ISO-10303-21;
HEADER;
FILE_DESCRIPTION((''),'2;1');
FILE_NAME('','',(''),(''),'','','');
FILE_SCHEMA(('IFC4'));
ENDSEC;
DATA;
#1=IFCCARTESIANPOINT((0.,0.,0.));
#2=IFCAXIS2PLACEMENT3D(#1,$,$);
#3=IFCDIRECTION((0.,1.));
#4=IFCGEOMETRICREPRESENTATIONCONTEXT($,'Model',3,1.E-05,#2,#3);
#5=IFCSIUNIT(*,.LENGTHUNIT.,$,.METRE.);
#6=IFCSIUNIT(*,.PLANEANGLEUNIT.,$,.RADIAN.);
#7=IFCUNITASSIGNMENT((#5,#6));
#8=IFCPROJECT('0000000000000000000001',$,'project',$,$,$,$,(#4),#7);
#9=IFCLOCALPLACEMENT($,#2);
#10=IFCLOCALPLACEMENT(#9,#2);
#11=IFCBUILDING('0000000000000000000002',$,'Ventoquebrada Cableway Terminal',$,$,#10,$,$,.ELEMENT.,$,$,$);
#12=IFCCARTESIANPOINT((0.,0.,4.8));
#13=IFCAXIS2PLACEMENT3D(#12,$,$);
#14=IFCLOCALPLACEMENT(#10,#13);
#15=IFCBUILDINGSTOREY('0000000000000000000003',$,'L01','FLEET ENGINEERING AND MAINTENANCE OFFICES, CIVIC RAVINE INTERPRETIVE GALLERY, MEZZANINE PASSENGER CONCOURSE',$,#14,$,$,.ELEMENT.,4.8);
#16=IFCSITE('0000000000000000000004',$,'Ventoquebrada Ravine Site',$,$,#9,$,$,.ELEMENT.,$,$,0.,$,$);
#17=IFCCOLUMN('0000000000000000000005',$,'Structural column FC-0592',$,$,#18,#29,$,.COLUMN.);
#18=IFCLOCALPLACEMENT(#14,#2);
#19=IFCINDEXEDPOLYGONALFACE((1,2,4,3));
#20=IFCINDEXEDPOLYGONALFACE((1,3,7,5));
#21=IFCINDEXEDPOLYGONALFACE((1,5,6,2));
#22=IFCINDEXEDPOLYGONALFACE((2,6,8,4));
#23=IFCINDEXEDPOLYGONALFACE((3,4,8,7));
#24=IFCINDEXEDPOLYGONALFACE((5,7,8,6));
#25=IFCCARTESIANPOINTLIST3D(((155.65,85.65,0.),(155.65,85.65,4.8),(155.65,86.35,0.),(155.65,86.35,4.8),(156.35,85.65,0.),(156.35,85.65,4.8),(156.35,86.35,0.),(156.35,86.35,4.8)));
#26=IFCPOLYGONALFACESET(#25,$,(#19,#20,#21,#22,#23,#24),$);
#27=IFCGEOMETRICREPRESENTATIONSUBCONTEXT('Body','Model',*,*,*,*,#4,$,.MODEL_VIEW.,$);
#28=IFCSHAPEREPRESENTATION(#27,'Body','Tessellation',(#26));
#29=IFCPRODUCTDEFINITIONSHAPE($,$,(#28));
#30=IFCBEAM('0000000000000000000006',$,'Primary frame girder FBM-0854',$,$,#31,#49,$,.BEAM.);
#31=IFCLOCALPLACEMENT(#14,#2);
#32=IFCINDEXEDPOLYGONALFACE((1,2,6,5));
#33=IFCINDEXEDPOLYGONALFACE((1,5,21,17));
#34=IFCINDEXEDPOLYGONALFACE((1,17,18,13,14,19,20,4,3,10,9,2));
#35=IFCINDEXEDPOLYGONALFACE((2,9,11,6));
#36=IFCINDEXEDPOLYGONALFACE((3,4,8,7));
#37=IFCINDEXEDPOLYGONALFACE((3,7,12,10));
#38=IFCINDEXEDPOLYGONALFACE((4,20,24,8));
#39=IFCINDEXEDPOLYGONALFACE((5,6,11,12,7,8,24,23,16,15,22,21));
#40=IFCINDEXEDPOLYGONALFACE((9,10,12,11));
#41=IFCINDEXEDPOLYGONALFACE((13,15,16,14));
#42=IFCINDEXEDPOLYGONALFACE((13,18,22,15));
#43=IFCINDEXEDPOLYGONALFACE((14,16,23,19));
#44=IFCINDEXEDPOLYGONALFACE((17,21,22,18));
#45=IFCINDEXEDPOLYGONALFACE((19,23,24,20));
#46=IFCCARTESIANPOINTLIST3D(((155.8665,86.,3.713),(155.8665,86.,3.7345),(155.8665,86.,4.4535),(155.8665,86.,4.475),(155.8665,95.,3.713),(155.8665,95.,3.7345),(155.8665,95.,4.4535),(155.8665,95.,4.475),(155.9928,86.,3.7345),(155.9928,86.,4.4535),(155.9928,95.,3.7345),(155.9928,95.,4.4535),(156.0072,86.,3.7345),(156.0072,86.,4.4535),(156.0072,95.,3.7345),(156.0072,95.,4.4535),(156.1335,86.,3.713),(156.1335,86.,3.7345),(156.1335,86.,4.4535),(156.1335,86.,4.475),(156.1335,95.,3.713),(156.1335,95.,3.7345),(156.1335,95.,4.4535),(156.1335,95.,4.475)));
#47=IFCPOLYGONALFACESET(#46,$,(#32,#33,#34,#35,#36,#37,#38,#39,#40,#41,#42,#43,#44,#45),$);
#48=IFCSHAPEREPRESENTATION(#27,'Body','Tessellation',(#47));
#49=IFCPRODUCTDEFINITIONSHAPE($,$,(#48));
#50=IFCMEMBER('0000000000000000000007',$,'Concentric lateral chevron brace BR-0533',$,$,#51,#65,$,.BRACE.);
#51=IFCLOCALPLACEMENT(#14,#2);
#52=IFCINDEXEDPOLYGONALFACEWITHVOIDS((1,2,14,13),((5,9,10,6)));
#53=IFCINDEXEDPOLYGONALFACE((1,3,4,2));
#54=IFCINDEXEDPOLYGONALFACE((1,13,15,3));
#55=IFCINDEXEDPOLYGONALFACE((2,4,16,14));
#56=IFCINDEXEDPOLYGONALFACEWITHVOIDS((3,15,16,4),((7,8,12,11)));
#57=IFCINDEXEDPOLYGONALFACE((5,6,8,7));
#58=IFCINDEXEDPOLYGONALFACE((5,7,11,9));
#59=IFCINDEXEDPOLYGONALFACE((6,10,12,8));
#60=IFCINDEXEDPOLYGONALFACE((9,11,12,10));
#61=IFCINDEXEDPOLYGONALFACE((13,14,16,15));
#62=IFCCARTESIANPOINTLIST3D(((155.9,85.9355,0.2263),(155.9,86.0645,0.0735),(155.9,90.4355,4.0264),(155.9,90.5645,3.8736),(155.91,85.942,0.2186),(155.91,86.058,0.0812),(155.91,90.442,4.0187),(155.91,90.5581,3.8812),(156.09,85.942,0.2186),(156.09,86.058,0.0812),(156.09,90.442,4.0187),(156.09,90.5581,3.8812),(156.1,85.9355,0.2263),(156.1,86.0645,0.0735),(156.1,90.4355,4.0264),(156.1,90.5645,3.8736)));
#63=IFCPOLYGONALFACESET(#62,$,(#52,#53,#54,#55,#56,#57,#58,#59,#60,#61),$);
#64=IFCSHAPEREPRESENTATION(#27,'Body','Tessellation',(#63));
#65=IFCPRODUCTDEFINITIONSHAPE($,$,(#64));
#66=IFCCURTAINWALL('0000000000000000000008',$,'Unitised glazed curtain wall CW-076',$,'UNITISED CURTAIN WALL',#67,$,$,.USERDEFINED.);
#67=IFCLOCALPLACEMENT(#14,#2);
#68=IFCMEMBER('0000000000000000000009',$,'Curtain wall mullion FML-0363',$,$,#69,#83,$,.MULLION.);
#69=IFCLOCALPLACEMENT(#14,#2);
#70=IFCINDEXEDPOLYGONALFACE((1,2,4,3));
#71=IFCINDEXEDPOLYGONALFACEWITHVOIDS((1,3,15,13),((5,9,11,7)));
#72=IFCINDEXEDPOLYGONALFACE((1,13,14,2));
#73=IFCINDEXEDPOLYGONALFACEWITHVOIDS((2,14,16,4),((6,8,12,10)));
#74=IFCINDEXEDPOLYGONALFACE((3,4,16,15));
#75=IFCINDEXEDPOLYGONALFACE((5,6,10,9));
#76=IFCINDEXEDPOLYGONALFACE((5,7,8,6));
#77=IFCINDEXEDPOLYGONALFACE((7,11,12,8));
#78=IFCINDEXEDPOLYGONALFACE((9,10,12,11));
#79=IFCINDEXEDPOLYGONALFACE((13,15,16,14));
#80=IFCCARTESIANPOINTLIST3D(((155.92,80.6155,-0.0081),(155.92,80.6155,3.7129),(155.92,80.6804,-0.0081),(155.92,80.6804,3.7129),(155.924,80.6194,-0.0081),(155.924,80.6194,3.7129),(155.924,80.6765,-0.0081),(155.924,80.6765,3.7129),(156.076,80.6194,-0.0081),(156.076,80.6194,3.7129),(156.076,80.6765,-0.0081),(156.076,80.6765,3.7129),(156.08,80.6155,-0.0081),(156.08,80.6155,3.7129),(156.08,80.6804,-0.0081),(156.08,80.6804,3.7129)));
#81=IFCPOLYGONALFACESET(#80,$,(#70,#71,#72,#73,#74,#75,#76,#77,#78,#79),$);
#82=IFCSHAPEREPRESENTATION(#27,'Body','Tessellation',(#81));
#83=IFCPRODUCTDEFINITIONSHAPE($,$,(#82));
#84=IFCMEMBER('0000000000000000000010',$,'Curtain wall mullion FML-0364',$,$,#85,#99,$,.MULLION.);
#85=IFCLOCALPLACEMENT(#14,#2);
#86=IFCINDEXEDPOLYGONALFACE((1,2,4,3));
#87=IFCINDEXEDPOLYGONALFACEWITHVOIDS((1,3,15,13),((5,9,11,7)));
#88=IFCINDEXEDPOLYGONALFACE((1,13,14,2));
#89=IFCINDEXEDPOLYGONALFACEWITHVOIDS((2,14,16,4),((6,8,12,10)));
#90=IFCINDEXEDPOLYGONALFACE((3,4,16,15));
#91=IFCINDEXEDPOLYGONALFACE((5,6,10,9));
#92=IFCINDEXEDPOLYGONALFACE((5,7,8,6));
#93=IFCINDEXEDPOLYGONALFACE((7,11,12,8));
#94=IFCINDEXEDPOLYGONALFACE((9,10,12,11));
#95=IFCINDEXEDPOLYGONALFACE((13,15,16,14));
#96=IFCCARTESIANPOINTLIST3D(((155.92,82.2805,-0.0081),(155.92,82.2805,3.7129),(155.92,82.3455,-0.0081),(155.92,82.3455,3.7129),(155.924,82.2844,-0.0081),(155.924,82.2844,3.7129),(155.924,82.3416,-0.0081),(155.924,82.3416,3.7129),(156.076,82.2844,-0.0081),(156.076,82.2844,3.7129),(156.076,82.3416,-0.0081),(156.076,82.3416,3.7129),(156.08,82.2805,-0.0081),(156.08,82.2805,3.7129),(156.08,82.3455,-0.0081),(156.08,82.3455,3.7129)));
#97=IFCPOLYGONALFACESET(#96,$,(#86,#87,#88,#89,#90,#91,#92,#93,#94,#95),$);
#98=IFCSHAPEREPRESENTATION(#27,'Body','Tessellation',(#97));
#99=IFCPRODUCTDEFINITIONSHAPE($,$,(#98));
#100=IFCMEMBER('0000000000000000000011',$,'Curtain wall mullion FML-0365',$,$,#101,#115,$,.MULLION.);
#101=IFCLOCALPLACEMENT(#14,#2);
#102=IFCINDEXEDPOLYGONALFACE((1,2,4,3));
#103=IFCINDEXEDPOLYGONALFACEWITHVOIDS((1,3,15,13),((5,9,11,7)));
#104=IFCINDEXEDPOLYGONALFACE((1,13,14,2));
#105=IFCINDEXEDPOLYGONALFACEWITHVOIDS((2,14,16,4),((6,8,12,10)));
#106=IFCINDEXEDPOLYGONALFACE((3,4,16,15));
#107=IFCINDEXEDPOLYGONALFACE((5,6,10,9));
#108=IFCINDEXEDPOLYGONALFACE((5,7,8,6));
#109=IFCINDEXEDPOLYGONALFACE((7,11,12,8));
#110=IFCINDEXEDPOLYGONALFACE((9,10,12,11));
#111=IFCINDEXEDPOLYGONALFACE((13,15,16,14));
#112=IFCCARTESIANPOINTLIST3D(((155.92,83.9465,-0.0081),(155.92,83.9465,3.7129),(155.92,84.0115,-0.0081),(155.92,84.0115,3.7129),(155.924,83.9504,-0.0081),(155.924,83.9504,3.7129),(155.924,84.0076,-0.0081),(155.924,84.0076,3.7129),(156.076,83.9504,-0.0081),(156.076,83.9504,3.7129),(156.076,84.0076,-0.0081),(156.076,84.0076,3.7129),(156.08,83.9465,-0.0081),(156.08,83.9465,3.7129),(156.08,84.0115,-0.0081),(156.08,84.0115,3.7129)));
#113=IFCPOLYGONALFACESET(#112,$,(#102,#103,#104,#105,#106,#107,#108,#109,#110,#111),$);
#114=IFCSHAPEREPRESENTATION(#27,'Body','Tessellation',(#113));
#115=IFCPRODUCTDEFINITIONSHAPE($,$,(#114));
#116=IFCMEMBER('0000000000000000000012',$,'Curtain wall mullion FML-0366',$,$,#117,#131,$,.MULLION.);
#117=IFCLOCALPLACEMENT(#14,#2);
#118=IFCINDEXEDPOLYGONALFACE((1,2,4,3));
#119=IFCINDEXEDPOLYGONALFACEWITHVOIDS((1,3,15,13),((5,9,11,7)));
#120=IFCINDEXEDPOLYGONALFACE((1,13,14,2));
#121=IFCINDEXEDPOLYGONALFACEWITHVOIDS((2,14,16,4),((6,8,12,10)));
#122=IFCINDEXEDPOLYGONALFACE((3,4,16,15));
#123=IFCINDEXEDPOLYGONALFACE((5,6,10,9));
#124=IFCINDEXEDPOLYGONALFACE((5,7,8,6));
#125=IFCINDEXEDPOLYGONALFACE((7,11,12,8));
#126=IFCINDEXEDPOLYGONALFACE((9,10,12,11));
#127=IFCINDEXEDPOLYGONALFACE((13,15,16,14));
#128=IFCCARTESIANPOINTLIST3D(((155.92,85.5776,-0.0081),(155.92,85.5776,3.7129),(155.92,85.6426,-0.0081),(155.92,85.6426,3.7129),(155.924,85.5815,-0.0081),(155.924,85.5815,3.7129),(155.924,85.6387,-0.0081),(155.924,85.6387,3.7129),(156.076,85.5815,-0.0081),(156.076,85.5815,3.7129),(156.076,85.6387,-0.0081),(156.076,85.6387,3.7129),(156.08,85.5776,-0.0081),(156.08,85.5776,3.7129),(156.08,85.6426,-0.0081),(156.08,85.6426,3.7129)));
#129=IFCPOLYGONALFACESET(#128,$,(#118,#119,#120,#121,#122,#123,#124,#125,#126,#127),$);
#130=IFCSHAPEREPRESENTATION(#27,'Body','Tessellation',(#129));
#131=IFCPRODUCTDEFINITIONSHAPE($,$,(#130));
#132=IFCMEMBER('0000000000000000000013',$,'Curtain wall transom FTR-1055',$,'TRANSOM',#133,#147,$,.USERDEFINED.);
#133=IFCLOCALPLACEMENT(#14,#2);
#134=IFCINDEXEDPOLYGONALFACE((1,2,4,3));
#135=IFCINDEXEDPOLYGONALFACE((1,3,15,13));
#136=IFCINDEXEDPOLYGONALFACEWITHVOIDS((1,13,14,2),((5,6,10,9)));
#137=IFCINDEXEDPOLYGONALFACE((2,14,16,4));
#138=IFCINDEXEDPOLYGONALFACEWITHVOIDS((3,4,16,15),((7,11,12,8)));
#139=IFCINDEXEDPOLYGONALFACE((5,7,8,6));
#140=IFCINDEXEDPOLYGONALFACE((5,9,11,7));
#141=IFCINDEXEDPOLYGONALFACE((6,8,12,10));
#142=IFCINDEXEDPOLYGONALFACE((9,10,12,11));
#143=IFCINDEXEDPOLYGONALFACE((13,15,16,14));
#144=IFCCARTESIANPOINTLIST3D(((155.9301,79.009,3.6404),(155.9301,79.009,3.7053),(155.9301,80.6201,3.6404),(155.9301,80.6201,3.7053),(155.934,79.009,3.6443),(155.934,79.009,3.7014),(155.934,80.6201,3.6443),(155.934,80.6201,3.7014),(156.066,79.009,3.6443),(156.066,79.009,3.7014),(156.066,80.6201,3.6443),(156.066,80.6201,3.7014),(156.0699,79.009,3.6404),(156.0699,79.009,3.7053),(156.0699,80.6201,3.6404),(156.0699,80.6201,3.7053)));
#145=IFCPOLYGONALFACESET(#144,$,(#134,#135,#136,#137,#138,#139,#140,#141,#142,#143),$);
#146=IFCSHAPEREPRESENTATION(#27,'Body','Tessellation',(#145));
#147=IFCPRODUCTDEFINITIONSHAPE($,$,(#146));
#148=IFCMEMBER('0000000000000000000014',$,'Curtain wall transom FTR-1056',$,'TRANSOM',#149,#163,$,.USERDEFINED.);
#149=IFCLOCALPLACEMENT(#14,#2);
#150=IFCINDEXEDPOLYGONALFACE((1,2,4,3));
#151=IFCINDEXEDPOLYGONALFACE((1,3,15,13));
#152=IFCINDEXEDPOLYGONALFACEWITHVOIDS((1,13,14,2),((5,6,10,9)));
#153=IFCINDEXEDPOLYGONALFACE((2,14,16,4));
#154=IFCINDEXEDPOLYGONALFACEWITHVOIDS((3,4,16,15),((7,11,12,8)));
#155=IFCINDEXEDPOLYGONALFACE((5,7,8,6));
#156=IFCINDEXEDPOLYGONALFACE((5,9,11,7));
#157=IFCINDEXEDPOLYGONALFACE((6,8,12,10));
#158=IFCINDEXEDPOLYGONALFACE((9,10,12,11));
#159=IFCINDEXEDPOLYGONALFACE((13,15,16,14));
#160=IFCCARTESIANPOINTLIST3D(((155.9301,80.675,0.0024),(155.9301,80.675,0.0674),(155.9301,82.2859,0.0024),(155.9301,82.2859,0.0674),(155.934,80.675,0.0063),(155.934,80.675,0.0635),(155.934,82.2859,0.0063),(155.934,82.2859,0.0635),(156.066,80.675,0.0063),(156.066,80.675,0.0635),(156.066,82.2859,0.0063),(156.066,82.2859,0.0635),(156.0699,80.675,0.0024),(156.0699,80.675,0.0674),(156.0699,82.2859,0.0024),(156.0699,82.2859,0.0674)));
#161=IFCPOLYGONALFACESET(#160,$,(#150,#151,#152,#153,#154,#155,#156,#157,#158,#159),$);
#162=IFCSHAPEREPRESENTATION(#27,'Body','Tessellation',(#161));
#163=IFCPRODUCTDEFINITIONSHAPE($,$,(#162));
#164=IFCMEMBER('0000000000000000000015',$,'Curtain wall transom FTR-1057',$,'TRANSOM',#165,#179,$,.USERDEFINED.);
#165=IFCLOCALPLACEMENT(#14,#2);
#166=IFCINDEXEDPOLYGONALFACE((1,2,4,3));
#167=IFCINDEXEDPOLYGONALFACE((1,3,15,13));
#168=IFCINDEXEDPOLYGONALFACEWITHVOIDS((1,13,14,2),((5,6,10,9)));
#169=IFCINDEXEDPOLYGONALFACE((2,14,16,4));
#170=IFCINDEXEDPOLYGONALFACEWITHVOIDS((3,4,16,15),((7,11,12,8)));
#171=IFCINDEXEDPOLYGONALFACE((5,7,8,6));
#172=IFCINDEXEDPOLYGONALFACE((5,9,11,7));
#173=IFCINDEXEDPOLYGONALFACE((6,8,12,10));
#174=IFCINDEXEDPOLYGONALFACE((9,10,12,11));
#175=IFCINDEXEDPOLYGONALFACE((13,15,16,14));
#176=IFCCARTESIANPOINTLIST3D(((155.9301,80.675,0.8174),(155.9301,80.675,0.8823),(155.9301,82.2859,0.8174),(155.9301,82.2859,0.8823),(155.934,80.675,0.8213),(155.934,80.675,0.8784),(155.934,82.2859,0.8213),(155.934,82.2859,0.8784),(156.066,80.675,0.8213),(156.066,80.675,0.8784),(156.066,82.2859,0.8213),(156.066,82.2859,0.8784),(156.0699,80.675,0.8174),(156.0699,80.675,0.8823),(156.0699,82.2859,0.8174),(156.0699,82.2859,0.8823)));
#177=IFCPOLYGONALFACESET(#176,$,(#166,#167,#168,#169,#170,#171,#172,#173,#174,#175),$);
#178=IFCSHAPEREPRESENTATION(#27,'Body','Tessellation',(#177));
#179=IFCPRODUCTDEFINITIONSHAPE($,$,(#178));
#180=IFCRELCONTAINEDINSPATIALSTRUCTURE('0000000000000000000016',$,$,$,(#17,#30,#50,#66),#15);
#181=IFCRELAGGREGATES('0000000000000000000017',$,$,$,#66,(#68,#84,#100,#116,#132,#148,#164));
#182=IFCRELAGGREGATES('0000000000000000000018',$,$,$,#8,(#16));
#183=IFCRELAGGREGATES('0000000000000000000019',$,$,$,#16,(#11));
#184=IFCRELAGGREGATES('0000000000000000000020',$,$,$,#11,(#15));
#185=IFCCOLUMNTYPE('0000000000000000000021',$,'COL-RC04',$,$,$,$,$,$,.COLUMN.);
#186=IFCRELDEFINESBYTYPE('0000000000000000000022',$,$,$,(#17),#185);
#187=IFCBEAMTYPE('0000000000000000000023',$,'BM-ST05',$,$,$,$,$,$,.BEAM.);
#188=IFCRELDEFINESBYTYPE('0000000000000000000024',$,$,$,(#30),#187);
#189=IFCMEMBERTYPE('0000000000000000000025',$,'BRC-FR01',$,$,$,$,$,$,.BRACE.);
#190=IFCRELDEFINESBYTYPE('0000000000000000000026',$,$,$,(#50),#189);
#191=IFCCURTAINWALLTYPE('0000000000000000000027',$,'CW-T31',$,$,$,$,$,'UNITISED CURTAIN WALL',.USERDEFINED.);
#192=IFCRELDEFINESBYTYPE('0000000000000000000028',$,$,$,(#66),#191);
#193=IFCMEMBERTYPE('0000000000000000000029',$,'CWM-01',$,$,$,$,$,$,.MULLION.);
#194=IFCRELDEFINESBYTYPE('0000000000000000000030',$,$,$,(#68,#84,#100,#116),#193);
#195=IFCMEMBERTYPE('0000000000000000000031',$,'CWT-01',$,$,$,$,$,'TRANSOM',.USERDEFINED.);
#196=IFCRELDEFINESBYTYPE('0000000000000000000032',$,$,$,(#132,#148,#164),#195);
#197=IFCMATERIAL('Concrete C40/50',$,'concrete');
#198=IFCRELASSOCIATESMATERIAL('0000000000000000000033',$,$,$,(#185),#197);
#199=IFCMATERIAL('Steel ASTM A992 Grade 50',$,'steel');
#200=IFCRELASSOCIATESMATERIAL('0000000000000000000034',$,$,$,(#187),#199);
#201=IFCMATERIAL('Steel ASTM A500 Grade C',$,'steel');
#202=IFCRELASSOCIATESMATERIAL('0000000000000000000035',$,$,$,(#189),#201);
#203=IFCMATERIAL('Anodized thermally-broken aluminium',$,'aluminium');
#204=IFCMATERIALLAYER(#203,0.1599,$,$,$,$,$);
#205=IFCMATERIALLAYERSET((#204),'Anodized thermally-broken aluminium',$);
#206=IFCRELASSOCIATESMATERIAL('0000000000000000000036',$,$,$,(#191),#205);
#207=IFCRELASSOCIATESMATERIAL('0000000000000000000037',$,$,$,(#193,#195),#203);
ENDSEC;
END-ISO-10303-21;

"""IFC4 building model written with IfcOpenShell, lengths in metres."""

from ifc_helpers import new_model, si_unit, direction, frame, origin, origin_2d, place, context, subcontext, project, spatial, rectangle, hollow_rectangle, i_section, extrude, material, layer, layer_set, material_profile, profile_set, type_object, element, aggregate, save


model = new_model("IFC4")

# Units and contexts
model_context = context("Model", 3, precision=1e-05, world=origin(), true_north=direction((0.0, 1.0)))
body_context = subcontext(model_context, "Body", "Model", "MODEL_VIEW")
ifc_project = project(units=[si_unit("LENGTHUNIT", "METRE"), si_unit("PLANEANGLEUNIT", "RADIAN")], contexts=[model_context])

# Site, building, storey
site_placement = place(None, origin())
site = spatial("IfcSite", under=ifc_project, at=site_placement, Name="Ventoquebrada Ravine Site", CompositionType="ELEMENT", RefElevation=0.0)
building_placement = place(site_placement, origin())
building = spatial("IfcBuilding", under=site, at=building_placement, Name="Ventoquebrada Cableway Terminal", CompositionType="ELEMENT")
storey_placement = place(building_placement, frame((0.0, 0.0, 4.8)))
storey = spatial("IfcBuildingStorey", under=building, at=storey_placement, Name="L01", Description="FLEET ENGINEERING AND MAINTENANCE OFFICES, CIVIC RAVINE INTERPRETIVE GALLERY, MEZZANINE PASSENGER CONCOURSE", CompositionType="ELEMENT", Elevation=4.8)

# Column
ifc_material_1 = material(Name="Concrete C40/50", Category="concrete")
ifc_material_profile_1 = material_profile(ifc_material_1, rectangle(XDim=0.7, YDim=0.7, at=origin_2d()), Name="RC-COL-700X700")
ifc_profile_set_1 = profile_set([ifc_material_profile_1], Name="Concrete C40/50")
column_type = type_object("IfcColumnType", Name="COL-RC04", PredefinedType="COLUMN", material=ifc_profile_set_1)
column_placement = place(storey_placement, frame((156.0, 86.0, 0.0), z_axis=(0.0, 0.0, 1.0), x_axis=(1.0, 0.0, 0.0)))
element("IfcColumn", 1, at=column_placement, inside=storey, type_object=column_type, Name="Structural column FC-0592", PredefinedType="COLUMN", context=body_context, shape_type="SweptSolid", body=[
    extrude(rectangle(XDim=0.7, YDim=0.7, at=origin_2d()), origin(), (0.0, 0.0, 1.0), 4.8),
])

# Beam
ifc_material_2 = material(Name="Steel ASTM A992 Grade 50", Category="steel")
ifc_material_profile_2 = material_profile(ifc_material_2, i_section(OverallWidth=0.2671, OverallDepth=0.762, WebThickness=0.0144, FlangeThickness=0.0215, at=origin_2d()), Name="W30X116")
ifc_profile_set_2 = profile_set([ifc_material_profile_2], Name="Steel ASTM A992 Grade 50")
beam_type = type_object("IfcBeamType", Name="BM-ST05", PredefinedType="BEAM", material=ifc_profile_set_2)
beam_placement = place(storey_placement, frame((156.0, 86.0, 4.094), z_axis=(0.0, 1.0, 0.0), x_axis=(-1.0, 0.0, 0.0)))
element("IfcBeam", 2, at=beam_placement, inside=storey, type_object=beam_type, Name="Primary frame girder FBM-0854", PredefinedType="BEAM", context=body_context, shape_type="SweptSolid", body=[
    extrude(i_section(OverallWidth=0.2671, OverallDepth=0.762, WebThickness=0.0144, FlangeThickness=0.0215, at=origin_2d()), origin(), (0.0, 0.0, 1.0), 9.0),
])

# Member
ifc_material_3 = material(Name="Steel ASTM A500 Grade C", Category="steel")
ifc_material_profile_3 = material_profile(ifc_material_3, hollow_rectangle(XDim=0.2, YDim=0.2, WallThickness=0.01, at=origin_2d()), Name="HSS200X200X10")
ifc_profile_set_3 = profile_set([ifc_material_profile_3], Name="Steel ASTM A500 Grade C")
member_type_1 = type_object("IfcMemberType", Name="BRC-FR01", PredefinedType="BRACE", material=ifc_profile_set_3)
member_1_placement = place(storey_placement, frame((156.0, 86.0, 0.1499), z_axis=(0.0, 0.764026, 0.645186), x_axis=(-1.0, 0.0, 0.0)))
element("IfcMember", 3, at=member_1_placement, inside=storey, type_object=member_type_1, Name="Concentric lateral chevron brace BR-0533", PredefinedType="BRACE", context=body_context, shape_type="SweptSolid", body=[
    extrude(hollow_rectangle(XDim=0.2, YDim=0.2, WallThickness=0.01, at=origin_2d()), origin(), (0.0, 0.0, 1.0), 5.8899),
])

# Curtain wall, members
ifc_material_4 = material(Name="Anodized thermally-broken aluminium", Category="aluminium")
ifc_layer_1 = layer(ifc_material_4, 0.1599)
ifc_layer_set_1 = layer_set([ifc_layer_1], Name="Anodized thermally-broken aluminium")
curtain_wall_type = type_object("IfcCurtainWallType", Name="CW-T31", ElementType="UNITISED CURTAIN WALL", PredefinedType="USERDEFINED", material=ifc_layer_set_1)
curtain_wall_placement = place(storey_placement, origin())
curtain_wall = element("IfcCurtainWall", 4, at=curtain_wall_placement, inside=storey, type_object=curtain_wall_type, Name="Unitised glazed curtain wall CW-076", ObjectType="UNITISED CURTAIN WALL", PredefinedType="USERDEFINED")
ifc_material_profile_4 = material_profile(ifc_material_4, hollow_rectangle(XDim=0.0649, YDim=0.1599, WallThickness=0.0039, at=origin_2d()), Name="CW-MUL-65X160")
ifc_profile_set_4 = profile_set([ifc_material_profile_4], Name="Anodized thermally-broken aluminium")
member_type_2 = type_object("IfcMemberType", Name="CWM-01", PredefinedType="MULLION", material=ifc_profile_set_4)
member_2_placement = place(storey_placement, frame((156.0, 80.6479, -0.0081), z_axis=(0.0, 0.0, 1.0), x_axis=(0.0, 1.0, 0.0)))
member_2 = element("IfcMember", 5, at=member_2_placement, type_object=member_type_2, Name="Curtain wall mullion FML-0363", PredefinedType="MULLION", context=body_context, shape_type="SweptSolid", body=[
    extrude(hollow_rectangle(XDim=0.0649, YDim=0.1599, WallThickness=0.0039, at=origin_2d()), origin(), (0.0, 0.0, 1.0), 3.7209),
])
member_3_placement = place(storey_placement, frame((156.0, 82.313, -0.0081), z_axis=(0.0, 0.0, 1.0), x_axis=(0.0, 1.0, 0.0)))
member_3 = element("IfcMember", 6, at=member_3_placement, type_object=member_type_2, Name="Curtain wall mullion FML-0364", PredefinedType="MULLION", context=body_context, shape_type="SweptSolid", body=[
    extrude(hollow_rectangle(XDim=0.0649, YDim=0.1599, WallThickness=0.0039, at=origin_2d()), origin(), (0.0, 0.0, 1.0), 3.7209),
])
member_4_placement = place(storey_placement, frame((156.0, 83.979, -0.0081), z_axis=(0.0, 0.0, 1.0), x_axis=(0.0, 1.0, 0.0)))
member_4 = element("IfcMember", 7, at=member_4_placement, type_object=member_type_2, Name="Curtain wall mullion FML-0365", PredefinedType="MULLION", context=body_context, shape_type="SweptSolid", body=[
    extrude(hollow_rectangle(XDim=0.0649, YDim=0.1599, WallThickness=0.0039, at=origin_2d()), origin(), (0.0, 0.0, 1.0), 3.7209),
])
member_5_placement = place(storey_placement, frame((156.0, 85.6101, -0.0081), z_axis=(0.0, 0.0, 1.0), x_axis=(0.0, 1.0, 0.0)))
member_5 = element("IfcMember", 8, at=member_5_placement, type_object=member_type_2, Name="Curtain wall mullion FML-0366", PredefinedType="MULLION", context=body_context, shape_type="SweptSolid", body=[
    extrude(hollow_rectangle(XDim=0.0649, YDim=0.1599, WallThickness=0.0039, at=origin_2d()), origin(), (0.0, 0.0, 1.0), 3.7209),
])
ifc_material_profile_5 = material_profile(ifc_material_4, hollow_rectangle(XDim=0.0649, YDim=0.1399, WallThickness=0.0039, at=origin_2d()), Name="CW-TRN-65X140")
ifc_profile_set_5 = profile_set([ifc_material_profile_5], Name="Anodized thermally-broken aluminium")
member_type_3 = type_object("IfcMemberType", Name="CWT-01", ElementType="TRANSOM", PredefinedType="USERDEFINED", material=ifc_profile_set_5)
member_6_placement = place(storey_placement, frame((156.0, 79.009, 3.6729), z_axis=(0.0, 1.0, 0.0), x_axis=(0.0, 0.0, 1.0)))
member_6 = element("IfcMember", 9, at=member_6_placement, type_object=member_type_3, Name="Curtain wall transom FTR-1055", ObjectType="TRANSOM", PredefinedType="USERDEFINED", context=body_context, shape_type="SweptSolid", body=[
    extrude(hollow_rectangle(XDim=0.0649, YDim=0.1399, WallThickness=0.0039, at=origin_2d()), origin(), (0.0, 0.0, 1.0), 1.6111),
])
member_7_placement = place(storey_placement, frame((156.0, 80.675, 0.0349), z_axis=(0.0, 1.0, 0.0), x_axis=(0.0, 0.0, 1.0)))
member_7 = element("IfcMember", 10, at=member_7_placement, type_object=member_type_3, Name="Curtain wall transom FTR-1056", ObjectType="TRANSOM", PredefinedType="USERDEFINED", context=body_context, shape_type="SweptSolid", body=[
    extrude(hollow_rectangle(XDim=0.0649, YDim=0.1399, WallThickness=0.0039, at=origin_2d()), origin(), (0.0, 0.0, 1.0), 1.6108),
])
member_8_placement = place(storey_placement, frame((156.0, 80.675, 0.8499), z_axis=(0.0, 1.0, 0.0), x_axis=(0.0, 0.0, 1.0)))
member_8 = element("IfcMember", 11, at=member_8_placement, type_object=member_type_3, Name="Curtain wall transom FTR-1057", ObjectType="TRANSOM", PredefinedType="USERDEFINED", context=body_context, shape_type="SweptSolid", body=[
    extrude(hollow_rectangle(XDim=0.0649, YDim=0.1399, WallThickness=0.0039, at=origin_2d()), origin(), (0.0, 0.0, 1.0), 1.6108),
])
aggregate(curtain_wall, [member_2, member_3, member_4, member_5, member_6, member_7, member_8])

save(model, "model.ifc")
